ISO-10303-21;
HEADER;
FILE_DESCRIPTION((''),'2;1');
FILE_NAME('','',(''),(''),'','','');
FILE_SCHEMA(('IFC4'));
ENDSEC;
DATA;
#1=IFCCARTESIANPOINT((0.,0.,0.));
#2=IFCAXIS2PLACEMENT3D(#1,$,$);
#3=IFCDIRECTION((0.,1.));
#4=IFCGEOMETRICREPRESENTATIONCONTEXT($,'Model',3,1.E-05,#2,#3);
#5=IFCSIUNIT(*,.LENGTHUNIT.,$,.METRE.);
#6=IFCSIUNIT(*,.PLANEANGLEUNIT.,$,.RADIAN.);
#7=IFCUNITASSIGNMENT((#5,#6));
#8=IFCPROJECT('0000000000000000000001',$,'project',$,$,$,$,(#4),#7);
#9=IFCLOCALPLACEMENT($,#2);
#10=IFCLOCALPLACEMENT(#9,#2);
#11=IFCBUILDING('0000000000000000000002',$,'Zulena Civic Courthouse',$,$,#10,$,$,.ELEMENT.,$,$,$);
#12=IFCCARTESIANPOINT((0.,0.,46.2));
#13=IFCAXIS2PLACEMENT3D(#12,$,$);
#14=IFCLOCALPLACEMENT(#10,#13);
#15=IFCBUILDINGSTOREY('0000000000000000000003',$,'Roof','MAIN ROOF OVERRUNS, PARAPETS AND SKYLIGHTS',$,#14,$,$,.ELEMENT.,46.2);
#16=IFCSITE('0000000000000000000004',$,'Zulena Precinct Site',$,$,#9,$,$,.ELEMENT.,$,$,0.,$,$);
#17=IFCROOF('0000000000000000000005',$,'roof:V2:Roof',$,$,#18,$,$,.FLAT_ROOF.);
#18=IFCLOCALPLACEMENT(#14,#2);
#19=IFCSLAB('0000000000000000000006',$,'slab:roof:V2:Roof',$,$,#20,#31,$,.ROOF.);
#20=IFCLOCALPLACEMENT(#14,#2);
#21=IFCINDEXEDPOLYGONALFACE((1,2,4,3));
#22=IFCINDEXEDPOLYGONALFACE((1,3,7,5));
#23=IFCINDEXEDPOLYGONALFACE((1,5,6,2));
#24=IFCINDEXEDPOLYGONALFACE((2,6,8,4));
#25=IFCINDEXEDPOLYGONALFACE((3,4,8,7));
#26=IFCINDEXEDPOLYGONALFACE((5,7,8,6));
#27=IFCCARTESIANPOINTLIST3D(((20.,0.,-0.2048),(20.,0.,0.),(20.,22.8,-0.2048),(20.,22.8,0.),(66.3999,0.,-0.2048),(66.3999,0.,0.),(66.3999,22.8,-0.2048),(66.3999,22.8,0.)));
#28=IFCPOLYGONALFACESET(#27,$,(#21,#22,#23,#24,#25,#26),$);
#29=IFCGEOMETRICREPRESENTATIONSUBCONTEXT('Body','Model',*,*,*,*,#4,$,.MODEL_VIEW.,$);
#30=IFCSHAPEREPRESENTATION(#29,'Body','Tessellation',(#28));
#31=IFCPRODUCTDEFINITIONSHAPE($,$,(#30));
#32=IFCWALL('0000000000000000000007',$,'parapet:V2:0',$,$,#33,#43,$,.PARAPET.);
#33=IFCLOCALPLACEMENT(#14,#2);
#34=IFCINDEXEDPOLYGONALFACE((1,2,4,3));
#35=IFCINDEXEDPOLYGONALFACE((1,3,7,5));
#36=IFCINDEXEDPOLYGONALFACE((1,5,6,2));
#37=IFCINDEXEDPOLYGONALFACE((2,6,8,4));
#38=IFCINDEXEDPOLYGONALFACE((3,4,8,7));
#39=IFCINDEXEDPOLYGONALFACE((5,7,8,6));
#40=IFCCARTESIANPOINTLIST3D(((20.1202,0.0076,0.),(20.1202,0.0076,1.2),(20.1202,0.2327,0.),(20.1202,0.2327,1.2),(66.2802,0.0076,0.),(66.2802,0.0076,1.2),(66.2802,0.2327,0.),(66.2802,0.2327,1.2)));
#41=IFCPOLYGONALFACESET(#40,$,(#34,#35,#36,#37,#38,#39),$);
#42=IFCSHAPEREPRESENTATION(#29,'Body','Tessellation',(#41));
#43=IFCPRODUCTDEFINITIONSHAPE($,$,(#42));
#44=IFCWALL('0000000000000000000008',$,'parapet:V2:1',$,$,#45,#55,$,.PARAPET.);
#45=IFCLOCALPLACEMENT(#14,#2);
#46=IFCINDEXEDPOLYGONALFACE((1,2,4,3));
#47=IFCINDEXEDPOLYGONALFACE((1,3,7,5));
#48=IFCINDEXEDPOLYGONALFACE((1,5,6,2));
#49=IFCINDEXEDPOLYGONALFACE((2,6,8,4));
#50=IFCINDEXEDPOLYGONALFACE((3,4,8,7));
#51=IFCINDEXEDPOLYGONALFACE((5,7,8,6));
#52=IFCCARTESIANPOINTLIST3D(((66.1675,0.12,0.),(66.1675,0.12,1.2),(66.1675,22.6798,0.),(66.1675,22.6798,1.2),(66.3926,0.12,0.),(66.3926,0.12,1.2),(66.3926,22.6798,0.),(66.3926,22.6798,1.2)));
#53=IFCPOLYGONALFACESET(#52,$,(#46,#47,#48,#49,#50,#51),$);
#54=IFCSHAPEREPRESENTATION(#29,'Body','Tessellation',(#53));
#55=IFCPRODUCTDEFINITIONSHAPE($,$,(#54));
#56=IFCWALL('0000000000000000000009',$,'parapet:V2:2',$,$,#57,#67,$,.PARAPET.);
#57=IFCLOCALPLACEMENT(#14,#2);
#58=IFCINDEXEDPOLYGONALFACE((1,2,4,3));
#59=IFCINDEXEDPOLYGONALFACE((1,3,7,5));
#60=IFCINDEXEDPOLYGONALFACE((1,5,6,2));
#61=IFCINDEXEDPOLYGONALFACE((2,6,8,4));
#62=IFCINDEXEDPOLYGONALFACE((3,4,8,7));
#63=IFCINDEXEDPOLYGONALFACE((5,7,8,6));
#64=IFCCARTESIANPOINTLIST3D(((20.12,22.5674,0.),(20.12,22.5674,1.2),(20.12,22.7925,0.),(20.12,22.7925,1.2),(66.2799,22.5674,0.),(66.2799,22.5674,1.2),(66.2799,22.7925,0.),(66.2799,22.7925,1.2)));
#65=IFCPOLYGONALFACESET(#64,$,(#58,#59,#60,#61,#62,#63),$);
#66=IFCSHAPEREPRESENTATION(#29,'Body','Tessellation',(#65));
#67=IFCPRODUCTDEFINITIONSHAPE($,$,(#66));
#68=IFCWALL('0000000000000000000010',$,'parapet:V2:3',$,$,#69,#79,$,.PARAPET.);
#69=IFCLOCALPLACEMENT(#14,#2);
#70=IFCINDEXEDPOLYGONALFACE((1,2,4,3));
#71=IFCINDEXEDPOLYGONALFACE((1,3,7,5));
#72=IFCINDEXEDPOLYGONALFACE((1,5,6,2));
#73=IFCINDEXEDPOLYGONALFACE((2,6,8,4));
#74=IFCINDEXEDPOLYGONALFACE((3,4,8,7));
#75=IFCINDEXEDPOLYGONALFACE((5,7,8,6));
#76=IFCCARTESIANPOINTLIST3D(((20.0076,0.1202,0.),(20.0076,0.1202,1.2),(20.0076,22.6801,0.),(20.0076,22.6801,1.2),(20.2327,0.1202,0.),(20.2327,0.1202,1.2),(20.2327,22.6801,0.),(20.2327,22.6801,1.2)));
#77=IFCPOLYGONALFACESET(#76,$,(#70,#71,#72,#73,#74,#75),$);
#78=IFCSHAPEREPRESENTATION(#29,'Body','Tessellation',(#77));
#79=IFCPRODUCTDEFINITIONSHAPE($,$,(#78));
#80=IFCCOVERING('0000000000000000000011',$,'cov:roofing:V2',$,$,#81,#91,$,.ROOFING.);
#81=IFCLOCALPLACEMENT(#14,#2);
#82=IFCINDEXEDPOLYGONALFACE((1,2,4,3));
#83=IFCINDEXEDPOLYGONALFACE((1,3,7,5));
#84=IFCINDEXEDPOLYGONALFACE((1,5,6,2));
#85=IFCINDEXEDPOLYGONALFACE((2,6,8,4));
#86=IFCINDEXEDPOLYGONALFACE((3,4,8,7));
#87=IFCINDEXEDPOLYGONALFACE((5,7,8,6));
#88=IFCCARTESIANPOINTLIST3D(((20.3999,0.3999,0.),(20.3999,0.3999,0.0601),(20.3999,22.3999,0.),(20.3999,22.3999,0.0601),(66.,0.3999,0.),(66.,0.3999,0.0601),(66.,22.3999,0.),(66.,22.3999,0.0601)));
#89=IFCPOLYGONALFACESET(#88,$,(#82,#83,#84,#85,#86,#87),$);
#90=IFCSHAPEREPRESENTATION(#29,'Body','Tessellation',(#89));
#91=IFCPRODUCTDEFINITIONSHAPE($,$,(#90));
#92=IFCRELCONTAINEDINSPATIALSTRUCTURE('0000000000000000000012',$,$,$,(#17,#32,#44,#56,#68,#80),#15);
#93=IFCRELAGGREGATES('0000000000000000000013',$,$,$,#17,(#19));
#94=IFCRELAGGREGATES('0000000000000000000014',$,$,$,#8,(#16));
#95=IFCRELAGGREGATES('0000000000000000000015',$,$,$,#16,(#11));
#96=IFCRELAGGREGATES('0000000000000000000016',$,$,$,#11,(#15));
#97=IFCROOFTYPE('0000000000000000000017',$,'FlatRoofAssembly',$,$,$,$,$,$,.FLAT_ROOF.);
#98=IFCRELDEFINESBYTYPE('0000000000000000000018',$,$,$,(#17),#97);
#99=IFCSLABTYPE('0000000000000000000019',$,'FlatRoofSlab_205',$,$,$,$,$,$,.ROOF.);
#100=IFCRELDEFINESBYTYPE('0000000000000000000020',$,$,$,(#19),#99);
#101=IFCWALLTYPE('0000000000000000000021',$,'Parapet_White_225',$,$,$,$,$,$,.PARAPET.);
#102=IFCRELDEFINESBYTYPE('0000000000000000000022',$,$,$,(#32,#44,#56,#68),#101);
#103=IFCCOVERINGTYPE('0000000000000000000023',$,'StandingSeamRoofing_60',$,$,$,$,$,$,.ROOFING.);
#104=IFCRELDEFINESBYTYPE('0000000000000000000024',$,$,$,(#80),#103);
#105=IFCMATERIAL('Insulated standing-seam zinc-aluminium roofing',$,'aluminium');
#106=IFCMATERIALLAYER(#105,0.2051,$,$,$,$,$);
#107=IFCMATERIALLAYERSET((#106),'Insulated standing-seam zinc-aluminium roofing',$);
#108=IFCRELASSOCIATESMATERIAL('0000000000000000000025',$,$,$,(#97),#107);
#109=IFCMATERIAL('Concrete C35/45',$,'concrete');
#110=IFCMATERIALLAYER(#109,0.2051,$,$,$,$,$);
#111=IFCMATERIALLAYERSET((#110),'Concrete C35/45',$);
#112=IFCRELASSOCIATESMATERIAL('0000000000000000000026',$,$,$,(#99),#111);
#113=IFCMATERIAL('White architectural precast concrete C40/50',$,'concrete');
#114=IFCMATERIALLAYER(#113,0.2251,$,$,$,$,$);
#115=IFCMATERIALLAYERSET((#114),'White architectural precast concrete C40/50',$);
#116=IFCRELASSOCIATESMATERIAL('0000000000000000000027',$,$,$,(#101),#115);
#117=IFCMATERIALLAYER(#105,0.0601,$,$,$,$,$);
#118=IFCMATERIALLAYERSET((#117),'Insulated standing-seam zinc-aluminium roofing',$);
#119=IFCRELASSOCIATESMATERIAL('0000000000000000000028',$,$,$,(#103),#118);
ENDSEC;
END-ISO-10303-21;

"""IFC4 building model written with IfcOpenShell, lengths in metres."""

from ifc_helpers import new_model, si_unit, direction, frame, frame_2d, origin, place, context, subcontext, project, spatial, polyline, rectangle, outline, extrude, material, layer, layer_set, type_object, element, aggregate, save


model = new_model("IFC4")

# Units and contexts
model_context = context("Model", 3, precision=1e-05, world=origin(), true_north=direction((0.0, 1.0)))
body_context = subcontext(model_context, "Body", "Model", "MODEL_VIEW")
ifc_project = project(units=[si_unit("LENGTHUNIT", "METRE"), si_unit("PLANEANGLEUNIT", "RADIAN")], contexts=[model_context])

# Site, building, storey
site_placement = place(None, origin())
site = spatial("IfcSite", under=ifc_project, at=site_placement, Name="Zulena Precinct Site", CompositionType="ELEMENT", RefElevation=0.0)
building_placement = place(site_placement, origin())
building = spatial("IfcBuilding", under=site, at=building_placement, Name="Zulena Civic Courthouse", CompositionType="ELEMENT")
storey_placement = place(building_placement, frame((0.0, 0.0, 46.2)))
storey = spatial("IfcBuildingStorey", under=building, at=storey_placement, Name="Roof", Description="MAIN ROOF OVERRUNS, PARAPETS AND SKYLIGHTS", CompositionType="ELEMENT", Elevation=46.2)

# Roof, slab
ifc_material_1 = material(Name="Insulated standing-seam zinc-aluminium roofing", Category="aluminium")
ifc_layer_1 = layer(ifc_material_1, 0.2051)
ifc_layer_set_1 = layer_set([ifc_layer_1], Name="Insulated standing-seam zinc-aluminium roofing")
roof_type = type_object("IfcRoofType", Name="FlatRoofAssembly", PredefinedType="FLAT_ROOF", material=ifc_layer_set_1)
roof_placement = place(storey_placement, origin())
roof = element("IfcRoof", 1, at=roof_placement, inside=storey, type_object=roof_type, Name="roof:V2:Roof", PredefinedType="FLAT_ROOF")
ifc_material_2 = material(Name="Concrete C35/45", Category="concrete")
ifc_layer_2 = layer(ifc_material_2, 0.2051)
ifc_layer_set_2 = layer_set([ifc_layer_2], Name="Concrete C35/45")
slab_type = type_object("IfcSlabType", Name="FlatRoofSlab_205", PredefinedType="ROOF", material=ifc_layer_set_2)
slab_placement = place(storey_placement, frame((0.0, 0.0, -0.2048)))
slab = element("IfcSlab", 2, at=slab_placement, type_object=slab_type, Name="slab:roof:V2:Roof", PredefinedType="ROOF", context=body_context, shape_type="SweptSolid", body=[
    extrude(outline(polyline([(20.0, 0.0), (66.3999, 0.0), (66.3999, 22.8), (20.0, 22.8), (20.0, 0.0)])), origin(), (0.0, 0.0, 1.0), 0.2048),
])
aggregate(roof, [slab])

# Walls
ifc_material_3 = material(Name="White architectural precast concrete C40/50", Category="concrete")
ifc_layer_3 = layer(ifc_material_3, 0.2251)
ifc_layer_set_3 = layer_set([ifc_layer_3], Name="White architectural precast concrete C40/50")
wall_type = type_object("IfcWallType", Name="Parapet_White_225", PredefinedType="PARAPET", material=ifc_layer_set_3)
wall_1_placement = place(storey_placement, frame((20.1201, 0.1201, 0.0), z_axis=(0.0, 0.0, 1.0), x_axis=(1.0, 0.0, 0.0)))
element("IfcWall", 3, at=wall_1_placement, inside=storey, type_object=wall_type, Name="parapet:V2:0", PredefinedType="PARAPET", context=body_context, shape_type="SweptSolid", body=[
    extrude(rectangle(XDim=46.1599, YDim=0.2251, at=frame_2d((23.0801, 0.0))), origin(), (0.0, 0.0, 1.0), 1.2),
])
wall_2_placement = place(storey_placement, frame((66.28, 0.1201, 0.0), z_axis=(0.0, 0.0, 1.0), x_axis=(0.0, 1.0, 0.0)))
element("IfcWall", 4, at=wall_2_placement, inside=storey, type_object=wall_type, Name="parapet:V2:1", PredefinedType="PARAPET", context=body_context, shape_type="SweptSolid", body=[
    extrude(rectangle(XDim=22.5598, YDim=0.2251, at=frame_2d((11.2798, 0.0))), origin(), (0.0, 0.0, 1.0), 1.2),
])
wall_3_placement = place(storey_placement, frame((66.28, 22.6799, 0.0), z_axis=(0.0, 0.0, 1.0), x_axis=(-1.0, 0.0, 0.0)))
element("IfcWall", 5, at=wall_3_placement, inside=storey, type_object=wall_type, Name="parapet:V2:2", PredefinedType="PARAPET", context=body_context, shape_type="SweptSolid", body=[
    extrude(rectangle(XDim=46.1599, YDim=0.2251, at=frame_2d((23.0801, 0.0))), origin(), (0.0, 0.0, 1.0), 1.2),
])
wall_4_placement = place(storey_placement, frame((20.1201, 22.6799, 0.0), z_axis=(0.0, 0.0, 1.0), x_axis=(0.0, -1.0, 0.0)))
element("IfcWall", 6, at=wall_4_placement, inside=storey, type_object=wall_type, Name="parapet:V2:3", PredefinedType="PARAPET", context=body_context, shape_type="SweptSolid", body=[
    extrude(rectangle(XDim=22.5598, YDim=0.2251, at=frame_2d((11.2798, 0.0))), origin(), (0.0, 0.0, 1.0), 1.2),
])

# Covering
ifc_layer_4 = layer(ifc_material_1, 0.0601)
ifc_layer_set_4 = layer_set([ifc_layer_4], Name="Insulated standing-seam zinc-aluminium roofing")
covering_type = type_object("IfcCoveringType", Name="StandingSeamRoofing_60", PredefinedType="ROOFING", material=ifc_layer_set_4)
covering_placement = place(storey_placement, origin())
element("IfcCovering", 7, at=covering_placement, inside=storey, type_object=covering_type, Name="cov:roofing:V2", PredefinedType="ROOFING", context=body_context, shape_type="SweptSolid", body=[
    extrude(outline(polyline([(20.3999, 0.3999), (66.0, 0.3999), (66.0, 22.3999), (20.3999, 22.3999), (20.3999, 0.3999)])), origin(), (0.0, 0.0, 1.0), 0.0601),
])

save(model, "model.ifc")
